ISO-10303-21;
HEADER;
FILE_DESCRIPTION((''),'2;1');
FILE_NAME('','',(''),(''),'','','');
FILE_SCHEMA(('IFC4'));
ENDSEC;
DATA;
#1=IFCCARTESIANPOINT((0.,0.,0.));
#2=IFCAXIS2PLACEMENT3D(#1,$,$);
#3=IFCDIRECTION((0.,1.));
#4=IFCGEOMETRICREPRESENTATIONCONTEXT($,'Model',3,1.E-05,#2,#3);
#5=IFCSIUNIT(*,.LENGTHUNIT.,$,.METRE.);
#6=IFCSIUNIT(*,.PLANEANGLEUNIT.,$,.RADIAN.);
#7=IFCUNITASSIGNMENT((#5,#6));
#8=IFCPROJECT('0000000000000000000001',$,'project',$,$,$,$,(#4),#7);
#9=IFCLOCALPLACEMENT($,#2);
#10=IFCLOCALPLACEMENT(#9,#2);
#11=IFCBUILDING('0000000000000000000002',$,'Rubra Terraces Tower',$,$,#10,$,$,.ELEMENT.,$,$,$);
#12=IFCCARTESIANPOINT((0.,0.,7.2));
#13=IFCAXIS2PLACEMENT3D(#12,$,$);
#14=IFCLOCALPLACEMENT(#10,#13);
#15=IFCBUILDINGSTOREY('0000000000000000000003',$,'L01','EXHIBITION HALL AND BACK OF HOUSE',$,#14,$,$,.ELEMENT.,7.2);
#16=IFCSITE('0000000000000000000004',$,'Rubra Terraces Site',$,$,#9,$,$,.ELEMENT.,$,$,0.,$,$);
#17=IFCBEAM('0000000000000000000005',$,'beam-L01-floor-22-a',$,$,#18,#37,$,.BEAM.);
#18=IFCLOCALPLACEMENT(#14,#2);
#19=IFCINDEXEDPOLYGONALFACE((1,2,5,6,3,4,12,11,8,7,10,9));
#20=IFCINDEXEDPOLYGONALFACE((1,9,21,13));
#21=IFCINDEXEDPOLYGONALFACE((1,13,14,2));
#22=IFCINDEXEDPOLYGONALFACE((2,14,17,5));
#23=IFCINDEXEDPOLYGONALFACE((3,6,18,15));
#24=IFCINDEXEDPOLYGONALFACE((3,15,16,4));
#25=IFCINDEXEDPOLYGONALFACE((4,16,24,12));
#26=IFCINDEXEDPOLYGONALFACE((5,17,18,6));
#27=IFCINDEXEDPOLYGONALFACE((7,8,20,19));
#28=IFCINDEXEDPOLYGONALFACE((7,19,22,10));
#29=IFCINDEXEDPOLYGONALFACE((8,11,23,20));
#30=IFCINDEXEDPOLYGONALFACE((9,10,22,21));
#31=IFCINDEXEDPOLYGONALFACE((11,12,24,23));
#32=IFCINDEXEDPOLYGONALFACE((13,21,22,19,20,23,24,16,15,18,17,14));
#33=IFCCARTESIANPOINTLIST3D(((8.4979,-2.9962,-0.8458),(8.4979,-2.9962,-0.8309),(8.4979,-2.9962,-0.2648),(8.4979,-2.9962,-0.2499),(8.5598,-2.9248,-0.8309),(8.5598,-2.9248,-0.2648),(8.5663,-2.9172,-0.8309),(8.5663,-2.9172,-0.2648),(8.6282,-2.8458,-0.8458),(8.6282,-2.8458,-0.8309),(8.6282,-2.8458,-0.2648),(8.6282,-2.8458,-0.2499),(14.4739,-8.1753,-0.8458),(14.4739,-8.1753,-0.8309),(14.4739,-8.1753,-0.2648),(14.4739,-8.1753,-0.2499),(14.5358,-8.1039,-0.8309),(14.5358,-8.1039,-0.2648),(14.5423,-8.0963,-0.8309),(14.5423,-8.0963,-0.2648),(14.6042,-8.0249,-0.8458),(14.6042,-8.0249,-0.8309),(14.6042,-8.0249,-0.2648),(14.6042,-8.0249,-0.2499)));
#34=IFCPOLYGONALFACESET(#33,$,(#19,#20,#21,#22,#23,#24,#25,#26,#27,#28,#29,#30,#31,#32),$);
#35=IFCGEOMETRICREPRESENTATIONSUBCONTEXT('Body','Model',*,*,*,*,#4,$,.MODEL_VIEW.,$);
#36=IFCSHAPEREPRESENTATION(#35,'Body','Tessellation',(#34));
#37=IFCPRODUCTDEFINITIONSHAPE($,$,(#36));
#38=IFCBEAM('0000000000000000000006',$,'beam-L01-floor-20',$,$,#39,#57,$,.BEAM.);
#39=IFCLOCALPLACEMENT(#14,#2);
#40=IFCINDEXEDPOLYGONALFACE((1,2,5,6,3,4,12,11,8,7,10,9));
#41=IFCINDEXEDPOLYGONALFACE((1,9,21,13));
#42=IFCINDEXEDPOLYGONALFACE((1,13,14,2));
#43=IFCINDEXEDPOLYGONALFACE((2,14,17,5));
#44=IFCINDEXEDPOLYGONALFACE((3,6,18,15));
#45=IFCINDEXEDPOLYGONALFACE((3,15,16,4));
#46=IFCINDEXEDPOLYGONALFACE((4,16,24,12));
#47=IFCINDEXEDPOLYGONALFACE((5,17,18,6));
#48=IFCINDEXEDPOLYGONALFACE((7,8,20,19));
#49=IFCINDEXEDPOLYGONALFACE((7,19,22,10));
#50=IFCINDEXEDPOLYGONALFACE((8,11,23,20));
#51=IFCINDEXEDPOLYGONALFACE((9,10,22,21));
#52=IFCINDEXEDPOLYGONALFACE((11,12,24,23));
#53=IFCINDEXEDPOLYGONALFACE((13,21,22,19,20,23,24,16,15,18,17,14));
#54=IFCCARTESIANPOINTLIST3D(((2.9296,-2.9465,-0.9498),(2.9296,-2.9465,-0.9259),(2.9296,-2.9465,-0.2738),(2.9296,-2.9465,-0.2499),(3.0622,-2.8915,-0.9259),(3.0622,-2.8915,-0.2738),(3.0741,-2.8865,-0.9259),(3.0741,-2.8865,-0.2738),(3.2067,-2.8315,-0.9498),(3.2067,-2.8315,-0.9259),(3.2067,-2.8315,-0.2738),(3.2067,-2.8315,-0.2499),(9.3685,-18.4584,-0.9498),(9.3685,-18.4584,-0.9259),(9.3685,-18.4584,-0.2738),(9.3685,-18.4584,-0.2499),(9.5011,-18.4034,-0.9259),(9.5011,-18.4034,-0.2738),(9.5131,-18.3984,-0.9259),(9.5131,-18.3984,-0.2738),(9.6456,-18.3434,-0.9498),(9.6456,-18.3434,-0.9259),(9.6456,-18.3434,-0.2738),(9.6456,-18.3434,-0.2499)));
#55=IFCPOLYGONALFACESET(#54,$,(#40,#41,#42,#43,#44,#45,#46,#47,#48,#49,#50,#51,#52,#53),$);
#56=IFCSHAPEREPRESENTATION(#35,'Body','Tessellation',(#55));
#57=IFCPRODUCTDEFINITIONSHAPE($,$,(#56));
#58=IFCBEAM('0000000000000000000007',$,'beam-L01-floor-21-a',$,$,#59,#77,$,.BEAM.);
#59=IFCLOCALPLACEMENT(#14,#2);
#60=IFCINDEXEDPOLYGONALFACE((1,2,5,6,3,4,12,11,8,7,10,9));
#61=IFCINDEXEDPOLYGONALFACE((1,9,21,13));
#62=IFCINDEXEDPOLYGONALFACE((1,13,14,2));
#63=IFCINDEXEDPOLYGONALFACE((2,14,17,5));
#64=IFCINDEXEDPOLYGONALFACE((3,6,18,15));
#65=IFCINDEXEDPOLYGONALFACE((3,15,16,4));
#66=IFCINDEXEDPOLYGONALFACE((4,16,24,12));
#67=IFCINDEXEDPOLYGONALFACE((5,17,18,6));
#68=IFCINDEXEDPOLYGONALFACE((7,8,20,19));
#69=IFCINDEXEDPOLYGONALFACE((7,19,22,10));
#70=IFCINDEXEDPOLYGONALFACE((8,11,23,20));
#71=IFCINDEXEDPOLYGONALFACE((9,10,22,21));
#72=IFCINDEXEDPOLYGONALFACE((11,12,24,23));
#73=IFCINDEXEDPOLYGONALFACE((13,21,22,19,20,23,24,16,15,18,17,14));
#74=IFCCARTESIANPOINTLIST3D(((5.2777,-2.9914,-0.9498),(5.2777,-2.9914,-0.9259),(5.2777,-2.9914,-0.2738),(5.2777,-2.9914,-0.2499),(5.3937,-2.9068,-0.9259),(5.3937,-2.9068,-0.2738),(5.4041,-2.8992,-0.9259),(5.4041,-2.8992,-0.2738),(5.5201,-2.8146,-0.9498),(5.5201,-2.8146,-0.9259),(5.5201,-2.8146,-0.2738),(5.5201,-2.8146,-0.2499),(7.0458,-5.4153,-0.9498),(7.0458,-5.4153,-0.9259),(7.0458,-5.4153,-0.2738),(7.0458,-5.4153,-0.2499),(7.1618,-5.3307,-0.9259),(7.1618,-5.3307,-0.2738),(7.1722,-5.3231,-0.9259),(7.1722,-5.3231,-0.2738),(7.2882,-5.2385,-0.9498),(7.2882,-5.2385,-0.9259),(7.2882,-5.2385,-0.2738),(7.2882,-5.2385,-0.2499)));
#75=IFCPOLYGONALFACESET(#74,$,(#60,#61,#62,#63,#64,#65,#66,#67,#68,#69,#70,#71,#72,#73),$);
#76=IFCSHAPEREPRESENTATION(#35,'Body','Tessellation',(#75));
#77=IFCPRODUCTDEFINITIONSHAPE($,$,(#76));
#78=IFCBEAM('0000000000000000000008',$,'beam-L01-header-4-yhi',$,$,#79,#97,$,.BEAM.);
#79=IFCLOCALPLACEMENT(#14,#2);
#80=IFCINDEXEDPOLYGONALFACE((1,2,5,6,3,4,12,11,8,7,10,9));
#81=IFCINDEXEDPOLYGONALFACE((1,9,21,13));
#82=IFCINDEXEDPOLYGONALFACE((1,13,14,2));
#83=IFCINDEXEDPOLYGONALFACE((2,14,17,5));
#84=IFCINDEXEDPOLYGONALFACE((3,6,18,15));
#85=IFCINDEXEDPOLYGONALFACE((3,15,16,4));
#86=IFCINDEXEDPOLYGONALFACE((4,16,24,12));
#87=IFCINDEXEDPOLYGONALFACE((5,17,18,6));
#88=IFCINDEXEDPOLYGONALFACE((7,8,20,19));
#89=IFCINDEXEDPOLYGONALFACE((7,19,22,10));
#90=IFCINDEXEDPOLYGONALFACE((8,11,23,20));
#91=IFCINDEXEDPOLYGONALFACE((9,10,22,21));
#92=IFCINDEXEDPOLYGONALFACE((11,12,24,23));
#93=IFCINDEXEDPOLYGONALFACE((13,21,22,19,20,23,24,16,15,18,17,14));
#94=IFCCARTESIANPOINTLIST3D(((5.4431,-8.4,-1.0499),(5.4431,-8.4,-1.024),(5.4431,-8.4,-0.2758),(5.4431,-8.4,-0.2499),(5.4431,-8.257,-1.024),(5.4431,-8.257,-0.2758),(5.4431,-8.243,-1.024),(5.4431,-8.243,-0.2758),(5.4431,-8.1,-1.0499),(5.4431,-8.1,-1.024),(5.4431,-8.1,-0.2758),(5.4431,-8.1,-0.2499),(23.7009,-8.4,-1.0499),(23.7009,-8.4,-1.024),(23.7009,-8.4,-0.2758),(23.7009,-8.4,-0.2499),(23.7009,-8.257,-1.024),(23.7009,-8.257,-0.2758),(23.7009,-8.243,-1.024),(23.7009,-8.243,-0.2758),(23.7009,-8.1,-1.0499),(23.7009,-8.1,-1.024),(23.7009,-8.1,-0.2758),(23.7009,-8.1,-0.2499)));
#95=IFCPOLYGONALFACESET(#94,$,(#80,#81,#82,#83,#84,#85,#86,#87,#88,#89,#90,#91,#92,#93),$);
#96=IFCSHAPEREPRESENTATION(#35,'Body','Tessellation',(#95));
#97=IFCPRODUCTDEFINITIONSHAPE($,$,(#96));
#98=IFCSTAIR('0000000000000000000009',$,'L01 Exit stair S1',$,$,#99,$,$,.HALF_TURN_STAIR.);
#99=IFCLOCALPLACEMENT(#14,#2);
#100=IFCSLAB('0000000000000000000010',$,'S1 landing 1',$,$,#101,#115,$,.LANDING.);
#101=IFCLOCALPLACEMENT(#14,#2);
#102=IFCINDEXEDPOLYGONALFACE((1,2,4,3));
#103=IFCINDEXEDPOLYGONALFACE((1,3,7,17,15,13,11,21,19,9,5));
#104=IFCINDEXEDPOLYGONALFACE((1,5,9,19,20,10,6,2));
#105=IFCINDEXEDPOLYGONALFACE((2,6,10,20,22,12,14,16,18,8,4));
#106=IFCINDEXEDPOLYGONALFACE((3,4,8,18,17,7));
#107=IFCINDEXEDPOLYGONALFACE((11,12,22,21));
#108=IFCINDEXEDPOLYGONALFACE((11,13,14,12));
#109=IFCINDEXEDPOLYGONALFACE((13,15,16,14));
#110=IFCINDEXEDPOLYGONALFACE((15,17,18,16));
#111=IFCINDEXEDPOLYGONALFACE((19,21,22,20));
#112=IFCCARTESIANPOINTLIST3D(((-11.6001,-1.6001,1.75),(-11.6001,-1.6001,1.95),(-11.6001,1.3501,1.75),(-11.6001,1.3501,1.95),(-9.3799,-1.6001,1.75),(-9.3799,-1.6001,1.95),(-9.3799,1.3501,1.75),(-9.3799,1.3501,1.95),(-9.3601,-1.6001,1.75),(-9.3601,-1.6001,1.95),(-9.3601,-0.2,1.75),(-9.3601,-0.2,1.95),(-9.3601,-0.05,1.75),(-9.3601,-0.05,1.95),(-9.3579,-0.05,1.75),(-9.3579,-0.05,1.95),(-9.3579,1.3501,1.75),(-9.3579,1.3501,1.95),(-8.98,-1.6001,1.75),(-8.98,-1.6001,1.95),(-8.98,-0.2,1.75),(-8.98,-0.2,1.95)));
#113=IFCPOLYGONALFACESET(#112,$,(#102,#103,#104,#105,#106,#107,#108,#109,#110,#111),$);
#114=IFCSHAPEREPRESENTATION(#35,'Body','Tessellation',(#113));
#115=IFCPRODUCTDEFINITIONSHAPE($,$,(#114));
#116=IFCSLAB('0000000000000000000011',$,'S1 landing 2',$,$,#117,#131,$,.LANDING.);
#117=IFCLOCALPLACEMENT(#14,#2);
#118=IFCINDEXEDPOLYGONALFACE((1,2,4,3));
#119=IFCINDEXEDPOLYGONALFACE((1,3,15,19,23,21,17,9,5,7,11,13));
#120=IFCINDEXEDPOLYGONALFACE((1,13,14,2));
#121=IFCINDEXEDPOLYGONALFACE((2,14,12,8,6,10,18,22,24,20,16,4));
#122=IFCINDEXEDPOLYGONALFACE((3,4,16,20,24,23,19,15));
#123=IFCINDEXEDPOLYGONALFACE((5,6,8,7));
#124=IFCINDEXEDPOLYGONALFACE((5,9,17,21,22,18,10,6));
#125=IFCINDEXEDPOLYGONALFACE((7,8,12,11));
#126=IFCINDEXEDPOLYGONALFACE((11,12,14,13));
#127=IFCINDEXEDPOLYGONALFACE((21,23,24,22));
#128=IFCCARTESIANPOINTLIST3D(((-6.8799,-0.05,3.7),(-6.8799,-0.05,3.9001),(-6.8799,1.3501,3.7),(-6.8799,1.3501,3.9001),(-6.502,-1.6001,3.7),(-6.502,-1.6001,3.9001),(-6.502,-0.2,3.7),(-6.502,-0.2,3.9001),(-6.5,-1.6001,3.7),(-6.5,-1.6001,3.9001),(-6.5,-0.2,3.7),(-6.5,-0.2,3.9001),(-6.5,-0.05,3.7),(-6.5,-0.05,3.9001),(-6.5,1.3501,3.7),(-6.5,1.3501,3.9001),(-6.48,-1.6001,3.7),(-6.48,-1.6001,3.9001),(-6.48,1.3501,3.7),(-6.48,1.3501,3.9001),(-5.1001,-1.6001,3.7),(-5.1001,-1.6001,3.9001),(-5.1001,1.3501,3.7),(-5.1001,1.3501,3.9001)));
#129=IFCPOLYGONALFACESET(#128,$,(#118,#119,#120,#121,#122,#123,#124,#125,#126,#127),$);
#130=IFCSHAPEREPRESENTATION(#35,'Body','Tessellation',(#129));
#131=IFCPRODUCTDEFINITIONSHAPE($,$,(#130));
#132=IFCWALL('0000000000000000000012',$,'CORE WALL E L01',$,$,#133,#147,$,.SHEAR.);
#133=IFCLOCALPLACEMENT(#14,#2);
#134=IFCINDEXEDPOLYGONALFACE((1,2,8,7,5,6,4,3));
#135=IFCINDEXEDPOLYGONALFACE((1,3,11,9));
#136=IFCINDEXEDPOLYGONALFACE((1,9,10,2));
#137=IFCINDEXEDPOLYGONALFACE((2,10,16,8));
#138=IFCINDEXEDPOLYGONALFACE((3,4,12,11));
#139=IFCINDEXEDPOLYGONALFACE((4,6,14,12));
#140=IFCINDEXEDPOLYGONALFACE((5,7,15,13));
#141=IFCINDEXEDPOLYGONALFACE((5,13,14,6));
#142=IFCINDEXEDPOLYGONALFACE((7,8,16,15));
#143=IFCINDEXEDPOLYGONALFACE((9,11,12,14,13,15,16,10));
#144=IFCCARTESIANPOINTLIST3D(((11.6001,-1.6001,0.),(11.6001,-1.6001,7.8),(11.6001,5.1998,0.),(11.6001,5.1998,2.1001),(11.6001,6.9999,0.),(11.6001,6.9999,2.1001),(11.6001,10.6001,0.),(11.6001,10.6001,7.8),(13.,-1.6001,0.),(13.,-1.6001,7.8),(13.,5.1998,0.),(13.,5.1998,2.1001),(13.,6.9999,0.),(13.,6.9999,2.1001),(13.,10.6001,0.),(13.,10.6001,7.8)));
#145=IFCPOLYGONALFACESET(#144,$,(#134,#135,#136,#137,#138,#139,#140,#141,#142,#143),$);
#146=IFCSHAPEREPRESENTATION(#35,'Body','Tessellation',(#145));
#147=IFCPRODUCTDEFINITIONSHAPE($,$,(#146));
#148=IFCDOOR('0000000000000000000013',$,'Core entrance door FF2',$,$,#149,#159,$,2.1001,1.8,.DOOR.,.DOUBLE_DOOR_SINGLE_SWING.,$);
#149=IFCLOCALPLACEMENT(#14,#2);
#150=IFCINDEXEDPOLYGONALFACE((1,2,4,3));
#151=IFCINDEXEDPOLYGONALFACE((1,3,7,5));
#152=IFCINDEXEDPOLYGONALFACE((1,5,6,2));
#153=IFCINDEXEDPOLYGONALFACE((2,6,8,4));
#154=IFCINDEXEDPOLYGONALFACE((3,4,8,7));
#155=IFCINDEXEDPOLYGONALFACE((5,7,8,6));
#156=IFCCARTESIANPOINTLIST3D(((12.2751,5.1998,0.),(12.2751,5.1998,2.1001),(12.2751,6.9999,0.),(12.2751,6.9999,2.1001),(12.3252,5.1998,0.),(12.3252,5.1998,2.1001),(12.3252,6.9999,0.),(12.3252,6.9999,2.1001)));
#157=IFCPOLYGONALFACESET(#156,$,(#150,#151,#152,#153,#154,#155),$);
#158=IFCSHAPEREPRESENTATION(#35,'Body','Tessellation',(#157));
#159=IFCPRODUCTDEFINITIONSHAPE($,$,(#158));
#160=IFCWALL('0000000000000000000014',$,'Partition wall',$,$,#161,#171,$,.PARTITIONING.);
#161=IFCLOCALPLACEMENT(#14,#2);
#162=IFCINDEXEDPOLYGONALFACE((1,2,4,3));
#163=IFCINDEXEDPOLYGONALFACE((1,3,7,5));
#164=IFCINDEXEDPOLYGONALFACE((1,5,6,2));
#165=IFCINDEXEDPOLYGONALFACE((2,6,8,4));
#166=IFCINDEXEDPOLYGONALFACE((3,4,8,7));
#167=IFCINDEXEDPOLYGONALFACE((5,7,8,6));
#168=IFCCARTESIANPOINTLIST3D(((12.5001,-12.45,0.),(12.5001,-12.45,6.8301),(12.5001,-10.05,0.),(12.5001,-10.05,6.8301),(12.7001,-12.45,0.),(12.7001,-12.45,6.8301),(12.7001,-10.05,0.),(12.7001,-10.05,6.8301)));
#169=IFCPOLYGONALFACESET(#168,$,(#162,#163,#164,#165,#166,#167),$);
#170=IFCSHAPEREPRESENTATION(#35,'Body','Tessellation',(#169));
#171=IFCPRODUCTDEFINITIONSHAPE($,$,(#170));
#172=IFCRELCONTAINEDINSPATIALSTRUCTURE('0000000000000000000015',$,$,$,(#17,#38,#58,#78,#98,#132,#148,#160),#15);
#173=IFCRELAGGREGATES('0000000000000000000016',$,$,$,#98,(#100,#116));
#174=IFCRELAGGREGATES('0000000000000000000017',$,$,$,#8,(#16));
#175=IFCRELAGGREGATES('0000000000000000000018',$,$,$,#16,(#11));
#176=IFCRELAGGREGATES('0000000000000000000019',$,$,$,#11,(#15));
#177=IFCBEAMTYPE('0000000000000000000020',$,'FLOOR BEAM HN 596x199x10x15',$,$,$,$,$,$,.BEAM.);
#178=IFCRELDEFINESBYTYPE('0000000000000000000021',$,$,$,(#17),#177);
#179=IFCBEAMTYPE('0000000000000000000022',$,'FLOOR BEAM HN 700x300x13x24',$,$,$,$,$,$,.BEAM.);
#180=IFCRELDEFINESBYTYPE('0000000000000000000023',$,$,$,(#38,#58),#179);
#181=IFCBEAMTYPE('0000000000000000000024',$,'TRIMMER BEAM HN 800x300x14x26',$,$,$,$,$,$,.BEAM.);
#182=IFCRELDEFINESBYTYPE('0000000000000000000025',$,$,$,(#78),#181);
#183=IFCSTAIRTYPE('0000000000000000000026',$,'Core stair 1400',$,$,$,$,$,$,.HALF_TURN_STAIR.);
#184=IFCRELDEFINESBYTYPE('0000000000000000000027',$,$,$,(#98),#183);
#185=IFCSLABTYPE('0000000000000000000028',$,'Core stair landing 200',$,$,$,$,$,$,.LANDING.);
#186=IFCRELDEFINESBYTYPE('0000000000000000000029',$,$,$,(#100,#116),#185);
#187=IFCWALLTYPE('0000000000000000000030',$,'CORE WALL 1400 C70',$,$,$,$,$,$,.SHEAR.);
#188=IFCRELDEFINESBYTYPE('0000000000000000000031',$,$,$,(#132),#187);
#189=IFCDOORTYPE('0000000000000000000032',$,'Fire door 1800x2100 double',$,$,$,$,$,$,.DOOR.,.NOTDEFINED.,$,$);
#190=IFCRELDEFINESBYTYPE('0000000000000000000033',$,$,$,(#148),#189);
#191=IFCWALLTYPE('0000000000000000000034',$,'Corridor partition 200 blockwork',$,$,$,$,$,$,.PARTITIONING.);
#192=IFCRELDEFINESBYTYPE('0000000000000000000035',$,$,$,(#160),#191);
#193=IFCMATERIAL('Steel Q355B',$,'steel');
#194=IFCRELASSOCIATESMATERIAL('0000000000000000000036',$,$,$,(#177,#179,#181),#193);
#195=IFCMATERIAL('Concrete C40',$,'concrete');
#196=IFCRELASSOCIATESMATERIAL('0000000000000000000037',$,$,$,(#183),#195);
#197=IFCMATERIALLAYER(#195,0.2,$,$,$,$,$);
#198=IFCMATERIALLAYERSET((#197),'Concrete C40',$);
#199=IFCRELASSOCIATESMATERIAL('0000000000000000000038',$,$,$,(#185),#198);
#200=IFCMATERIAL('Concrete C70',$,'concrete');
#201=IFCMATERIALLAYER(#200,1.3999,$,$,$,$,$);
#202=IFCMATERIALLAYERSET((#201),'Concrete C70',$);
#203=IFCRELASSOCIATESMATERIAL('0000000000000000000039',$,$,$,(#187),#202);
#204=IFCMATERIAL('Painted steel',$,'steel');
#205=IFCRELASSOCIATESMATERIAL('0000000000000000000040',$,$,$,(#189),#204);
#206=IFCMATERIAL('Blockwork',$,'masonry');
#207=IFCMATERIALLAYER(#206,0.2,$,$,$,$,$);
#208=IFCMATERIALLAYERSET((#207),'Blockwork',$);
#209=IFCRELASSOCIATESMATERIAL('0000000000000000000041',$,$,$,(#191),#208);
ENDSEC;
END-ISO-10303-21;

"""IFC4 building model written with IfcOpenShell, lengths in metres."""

from ifc_helpers import new_model, si_unit, direction, frame, frame_2d, origin, origin_2d, place, context, subcontext, project, spatial, polyline, rectangle, i_section, outline, extrude, material, layer, layer_set, material_profile, profile_set, type_object, element, fill, aggregate, save


model = new_model("IFC4")

# Units and contexts
model_context = context("Model", 3, precision=1e-05, world=origin(), true_north=direction((0.0, 1.0)))
body_context = subcontext(model_context, "Body", "Model", "MODEL_VIEW")
ifc_project = project(units=[si_unit("LENGTHUNIT", "METRE"), si_unit("PLANEANGLEUNIT", "RADIAN")], contexts=[model_context])

# Site, building, storey
site_placement = place(None, origin())
site = spatial("IfcSite", under=ifc_project, at=site_placement, Name="Rubra Terraces Site", CompositionType="ELEMENT", RefElevation=0.0)
building_placement = place(site_placement, origin())
building = spatial("IfcBuilding", under=site, at=building_placement, Name="Rubra Terraces Tower", CompositionType="ELEMENT")
storey_placement = place(building_placement, frame((0.0, 0.0, 7.2)))
storey = spatial("IfcBuildingStorey", under=building, at=storey_placement, Name="L01", Description="EXHIBITION HALL AND BACK OF HOUSE", CompositionType="ELEMENT", Elevation=7.2)

# Beams
ifc_material_1 = material(Name="Steel Q355B", Category="steel")
ifc_material_profile_1 = material_profile(ifc_material_1, i_section(OverallWidth=0.199, OverallDepth=0.5959, WebThickness=0.01, FlangeThickness=0.0149, at=origin_2d()), Name="HN 596x199x10x15")
ifc_profile_set_1 = profile_set([ifc_material_profile_1], Name="Steel Q355B")
beam_type_1 = type_object("IfcBeamType", Name="FLOOR BEAM HN 596x199x10x15", PredefinedType="BEAM", material=ifc_profile_set_1)
beam_1_placement = place(storey_placement, frame((14.5391, -8.1001, -0.5479), z_axis=(-0.755693, 0.654926, 0.0), x_axis=(-0.654926, -0.755693, 0.0)))
element("IfcBeam", 1, at=beam_1_placement, inside=storey, type_object=beam_type_1, Name="beam-L01-floor-22-a", PredefinedType="BEAM", context=body_context, shape_type="SweptSolid", body=[
    extrude(i_section(OverallWidth=0.199, OverallDepth=0.5959, WebThickness=0.01, FlangeThickness=0.0149, at=origin_2d()), origin(), (0.0, 0.0, 1.0), 7.908),
])
ifc_material_profile_2 = material_profile(ifc_material_1, i_section(OverallWidth=0.3, OverallDepth=0.7, WebThickness=0.0129, FlangeThickness=0.0239, at=origin_2d()), Name="HN 700x300x13x24")
ifc_profile_set_2 = profile_set([ifc_material_profile_2], Name="Steel Q355B")
beam_type_2 = type_object("IfcBeamType", Name="FLOOR BEAM HN 700x300x13x24", PredefinedType="BEAM", material=ifc_profile_set_2)
beam_2_placement = place(storey_placement, frame((9.5071, -18.4009, -0.5999), z_axis=(-0.38338, 0.923591, 0.0), x_axis=(-0.923591, -0.38338, 0.0)))
element("IfcBeam", 2, at=beam_2_placement, inside=storey, type_object=beam_type_2, Name="beam-L01-floor-20", PredefinedType="BEAM", context=body_context, shape_type="SweptSolid", body=[
    extrude(i_section(OverallWidth=0.3, OverallDepth=0.7, WebThickness=0.0129, FlangeThickness=0.0239, at=origin_2d()), origin(), (0.0, 0.0, 1.0), 16.7952),
])
beam_3_placement = place(storey_placement, frame((7.167, -5.3269, -0.5999), z_axis=(-0.589323, 0.807898, 0.0), x_axis=(-0.807898, -0.589323, 0.0)))
element("IfcBeam", 3, at=beam_3_placement, inside=storey, type_object=beam_type_2, Name="beam-L01-floor-21-a", PredefinedType="BEAM", context=body_context, shape_type="SweptSolid", body=[
    extrude(i_section(OverallWidth=0.3, OverallDepth=0.7, WebThickness=0.0129, FlangeThickness=0.0239, at=origin_2d()), origin(), (0.0, 0.0, 1.0), 3.0002),
])
ifc_material_profile_3 = material_profile(ifc_material_1, i_section(OverallWidth=0.3, OverallDepth=0.8, WebThickness=0.0139, FlangeThickness=0.0259, at=origin_2d()), Name="HN 800x300x14x26")
ifc_profile_set_3 = profile_set([ifc_material_profile_3], Name="Steel Q355B")
beam_type_3 = type_object("IfcBeamType", Name="TRIMMER BEAM HN 800x300x14x26", PredefinedType="BEAM", material=ifc_profile_set_3)
beam_4_placement = place(storey_placement, frame((5.4431, -8.25, -0.6499), z_axis=(1.0, 0.0, 0.0), x_axis=(0.0, 1.0, 0.0)))
element("IfcBeam", 4, at=beam_4_placement, inside=storey, type_object=beam_type_3, Name="beam-L01-header-4-yhi", PredefinedType="BEAM", context=body_context, shape_type="SweptSolid", body=[
    extrude(i_section(OverallWidth=0.3, OverallDepth=0.8, WebThickness=0.0139, FlangeThickness=0.0259, at=origin_2d()), origin(), (0.0, 0.0, 1.0), 18.2578),
])

# Stair, slabs
ifc_material_2 = material(Name="Concrete C40", Category="concrete")
stair_type = type_object("IfcStairType", Name="Core stair 1400", PredefinedType="HALF_TURN_STAIR", material=ifc_material_2)
stair_1_placement = place(storey_placement, origin())
stair_1 = element("IfcStair", 5, at=stair_1_placement, inside=storey, type_object=stair_type, Name="L01 Exit stair S1", PredefinedType="HALF_TURN_STAIR")
ifc_layer_1 = layer(ifc_material_2, 0.2)
ifc_layer_set_1 = layer_set([ifc_layer_1], Name="Concrete C40")
slab_type = type_object("IfcSlabType", Name="Core stair landing 200", PredefinedType="LANDING", material=ifc_layer_set_1)
slab_1_placement = place(storey_placement, frame((0.0, 0.0, 1.75)))
slab_1 = element("IfcSlab", 6, at=slab_1_placement, type_object=slab_type, Name="S1 landing 1", PredefinedType="LANDING", context=body_context, shape_type="SweptSolid", body=[
    extrude(outline(polyline([(-8.98, -0.2), (-8.98, -1.6001), (-9.3601, -1.6001), (-9.3799, -1.6001), (-11.6001, -1.6001), (-11.6001, 1.3501), (-9.3799, 1.3501), (-9.3579, 1.3501), (-9.3579, -0.05), (-9.3601, -0.05), (-9.3601, -0.2), (-8.98, -0.2)])), origin(), (0.0, 0.0, 1.0), 0.2),
])
slab_2_placement = place(storey_placement, frame((0.0, 0.0, 3.7)))
slab_2 = element("IfcSlab", 7, at=slab_2_placement, type_object=slab_type, Name="S1 landing 2", PredefinedType="LANDING", context=body_context, shape_type="SweptSolid", body=[
    extrude(outline(polyline([(-6.5, -0.2), (-6.5, -0.05), (-6.8799, -0.05), (-6.8799, 1.3501), (-6.5, 1.3501), (-6.48, 1.3501), (-5.1001, 1.3501), (-5.1001, -1.6001), (-6.48, -1.6001), (-6.5, -1.6001), (-6.502, -1.6001), (-6.502, -0.2), (-6.5, -0.2)])), origin(), (0.0, 0.0, 1.0), 0.2002),
])
aggregate(stair_1, [slab_1, slab_2])

# Wall, opening, door
ifc_material_3 = material(Name="Concrete C70", Category="concrete")
ifc_layer_2 = layer(ifc_material_3, 1.3999)
ifc_layer_set_2 = layer_set([ifc_layer_2], Name="Concrete C70")
wall_type_1 = type_object("IfcWallType", Name="CORE WALL 1400 C70", PredefinedType="SHEAR", material=ifc_layer_set_2)
wall_1_placement = place(storey_placement, frame((12.3, -1.6001, 0.0), z_axis=(0.0, 0.0, 1.0), x_axis=(0.0, 1.0, 0.0)))
wall_1 = element("IfcWall", 8, at=wall_1_placement, inside=storey, type_object=wall_type_1, Name="CORE WALL E L01", PredefinedType="SHEAR", context=body_context, shape_type="SweptSolid", body=[
    extrude(rectangle(XDim=12.2002, YDim=1.3999, at=frame_2d((6.1001, 0.0))), origin(), (0.0, 0.0, 1.0), 7.8),
])
opening_placement = place(wall_1_placement, frame((6.8, 0.0, 0.0)))
opening = element("IfcOpeningElement", 9, at=opening_placement, cuts=wall_1, PredefinedType="OPENING", context=body_context, shape_type="SweptSolid", body=[
    extrude(rectangle(XDim=1.8, YDim=2.1001, at=frame_2d((0.8999, 1.05))), frame((0.0, 0.71, 0.0), z_axis=(0.0, -1.0, 0.0), x_axis=(1.0, 0.0, 0.0)), (0.0, 0.0, 1.0), 1.4199),
])
ifc_material_4 = material(Name="Painted steel", Category="steel")
door_type = type_object("IfcDoorType", Name="Fire door 1800x2100 double", OperationType="NOTDEFINED", PredefinedType="DOOR", material=ifc_material_4)
door_placement = place(opening_placement, origin())
door = element("IfcDoor", 10, at=door_placement, inside=storey, type_object=door_type, Name="Core entrance door FF2", OperationType="DOUBLE_DOOR_SINGLE_SWING", OverallHeight=2.1001, OverallWidth=1.8, PredefinedType="DOOR", context=body_context, shape_type="SweptSolid", body=[
    extrude(rectangle(XDim=1.8, YDim=2.1001, at=frame_2d((0.8999, 1.05))), frame((0.0, 0.0249, 0.0), z_axis=(0.0, -1.0, 0.0), x_axis=(1.0, 0.0, 0.0)), (0.0, 0.0, 1.0), 0.05),
])
fill(opening, door)

# Wall
ifc_material_5 = material(Name="Blockwork", Category="masonry")
ifc_layer_3 = layer(ifc_material_5, 0.2)
ifc_layer_set_3 = layer_set([ifc_layer_3], Name="Blockwork")
wall_type_2 = type_object("IfcWallType", Name="Corridor partition 200 blockwork", PredefinedType="PARTITIONING", material=ifc_layer_set_3)
wall_2_placement = place(storey_placement, frame((12.6001, -12.45, 0.0), z_axis=(0.0, 0.0, 1.0), x_axis=(0.0, 1.0, 0.0)))
element("IfcWall", 11, at=wall_2_placement, inside=storey, type_object=wall_type_2, Name="Partition wall", PredefinedType="PARTITIONING", context=body_context, shape_type="SweptSolid", body=[
    extrude(rectangle(XDim=2.3999, YDim=0.2, at=frame_2d((1.2, 0.0))), origin(), (0.0, 0.0, 1.0), 6.8301),
])

save(model, "model.ifc")
